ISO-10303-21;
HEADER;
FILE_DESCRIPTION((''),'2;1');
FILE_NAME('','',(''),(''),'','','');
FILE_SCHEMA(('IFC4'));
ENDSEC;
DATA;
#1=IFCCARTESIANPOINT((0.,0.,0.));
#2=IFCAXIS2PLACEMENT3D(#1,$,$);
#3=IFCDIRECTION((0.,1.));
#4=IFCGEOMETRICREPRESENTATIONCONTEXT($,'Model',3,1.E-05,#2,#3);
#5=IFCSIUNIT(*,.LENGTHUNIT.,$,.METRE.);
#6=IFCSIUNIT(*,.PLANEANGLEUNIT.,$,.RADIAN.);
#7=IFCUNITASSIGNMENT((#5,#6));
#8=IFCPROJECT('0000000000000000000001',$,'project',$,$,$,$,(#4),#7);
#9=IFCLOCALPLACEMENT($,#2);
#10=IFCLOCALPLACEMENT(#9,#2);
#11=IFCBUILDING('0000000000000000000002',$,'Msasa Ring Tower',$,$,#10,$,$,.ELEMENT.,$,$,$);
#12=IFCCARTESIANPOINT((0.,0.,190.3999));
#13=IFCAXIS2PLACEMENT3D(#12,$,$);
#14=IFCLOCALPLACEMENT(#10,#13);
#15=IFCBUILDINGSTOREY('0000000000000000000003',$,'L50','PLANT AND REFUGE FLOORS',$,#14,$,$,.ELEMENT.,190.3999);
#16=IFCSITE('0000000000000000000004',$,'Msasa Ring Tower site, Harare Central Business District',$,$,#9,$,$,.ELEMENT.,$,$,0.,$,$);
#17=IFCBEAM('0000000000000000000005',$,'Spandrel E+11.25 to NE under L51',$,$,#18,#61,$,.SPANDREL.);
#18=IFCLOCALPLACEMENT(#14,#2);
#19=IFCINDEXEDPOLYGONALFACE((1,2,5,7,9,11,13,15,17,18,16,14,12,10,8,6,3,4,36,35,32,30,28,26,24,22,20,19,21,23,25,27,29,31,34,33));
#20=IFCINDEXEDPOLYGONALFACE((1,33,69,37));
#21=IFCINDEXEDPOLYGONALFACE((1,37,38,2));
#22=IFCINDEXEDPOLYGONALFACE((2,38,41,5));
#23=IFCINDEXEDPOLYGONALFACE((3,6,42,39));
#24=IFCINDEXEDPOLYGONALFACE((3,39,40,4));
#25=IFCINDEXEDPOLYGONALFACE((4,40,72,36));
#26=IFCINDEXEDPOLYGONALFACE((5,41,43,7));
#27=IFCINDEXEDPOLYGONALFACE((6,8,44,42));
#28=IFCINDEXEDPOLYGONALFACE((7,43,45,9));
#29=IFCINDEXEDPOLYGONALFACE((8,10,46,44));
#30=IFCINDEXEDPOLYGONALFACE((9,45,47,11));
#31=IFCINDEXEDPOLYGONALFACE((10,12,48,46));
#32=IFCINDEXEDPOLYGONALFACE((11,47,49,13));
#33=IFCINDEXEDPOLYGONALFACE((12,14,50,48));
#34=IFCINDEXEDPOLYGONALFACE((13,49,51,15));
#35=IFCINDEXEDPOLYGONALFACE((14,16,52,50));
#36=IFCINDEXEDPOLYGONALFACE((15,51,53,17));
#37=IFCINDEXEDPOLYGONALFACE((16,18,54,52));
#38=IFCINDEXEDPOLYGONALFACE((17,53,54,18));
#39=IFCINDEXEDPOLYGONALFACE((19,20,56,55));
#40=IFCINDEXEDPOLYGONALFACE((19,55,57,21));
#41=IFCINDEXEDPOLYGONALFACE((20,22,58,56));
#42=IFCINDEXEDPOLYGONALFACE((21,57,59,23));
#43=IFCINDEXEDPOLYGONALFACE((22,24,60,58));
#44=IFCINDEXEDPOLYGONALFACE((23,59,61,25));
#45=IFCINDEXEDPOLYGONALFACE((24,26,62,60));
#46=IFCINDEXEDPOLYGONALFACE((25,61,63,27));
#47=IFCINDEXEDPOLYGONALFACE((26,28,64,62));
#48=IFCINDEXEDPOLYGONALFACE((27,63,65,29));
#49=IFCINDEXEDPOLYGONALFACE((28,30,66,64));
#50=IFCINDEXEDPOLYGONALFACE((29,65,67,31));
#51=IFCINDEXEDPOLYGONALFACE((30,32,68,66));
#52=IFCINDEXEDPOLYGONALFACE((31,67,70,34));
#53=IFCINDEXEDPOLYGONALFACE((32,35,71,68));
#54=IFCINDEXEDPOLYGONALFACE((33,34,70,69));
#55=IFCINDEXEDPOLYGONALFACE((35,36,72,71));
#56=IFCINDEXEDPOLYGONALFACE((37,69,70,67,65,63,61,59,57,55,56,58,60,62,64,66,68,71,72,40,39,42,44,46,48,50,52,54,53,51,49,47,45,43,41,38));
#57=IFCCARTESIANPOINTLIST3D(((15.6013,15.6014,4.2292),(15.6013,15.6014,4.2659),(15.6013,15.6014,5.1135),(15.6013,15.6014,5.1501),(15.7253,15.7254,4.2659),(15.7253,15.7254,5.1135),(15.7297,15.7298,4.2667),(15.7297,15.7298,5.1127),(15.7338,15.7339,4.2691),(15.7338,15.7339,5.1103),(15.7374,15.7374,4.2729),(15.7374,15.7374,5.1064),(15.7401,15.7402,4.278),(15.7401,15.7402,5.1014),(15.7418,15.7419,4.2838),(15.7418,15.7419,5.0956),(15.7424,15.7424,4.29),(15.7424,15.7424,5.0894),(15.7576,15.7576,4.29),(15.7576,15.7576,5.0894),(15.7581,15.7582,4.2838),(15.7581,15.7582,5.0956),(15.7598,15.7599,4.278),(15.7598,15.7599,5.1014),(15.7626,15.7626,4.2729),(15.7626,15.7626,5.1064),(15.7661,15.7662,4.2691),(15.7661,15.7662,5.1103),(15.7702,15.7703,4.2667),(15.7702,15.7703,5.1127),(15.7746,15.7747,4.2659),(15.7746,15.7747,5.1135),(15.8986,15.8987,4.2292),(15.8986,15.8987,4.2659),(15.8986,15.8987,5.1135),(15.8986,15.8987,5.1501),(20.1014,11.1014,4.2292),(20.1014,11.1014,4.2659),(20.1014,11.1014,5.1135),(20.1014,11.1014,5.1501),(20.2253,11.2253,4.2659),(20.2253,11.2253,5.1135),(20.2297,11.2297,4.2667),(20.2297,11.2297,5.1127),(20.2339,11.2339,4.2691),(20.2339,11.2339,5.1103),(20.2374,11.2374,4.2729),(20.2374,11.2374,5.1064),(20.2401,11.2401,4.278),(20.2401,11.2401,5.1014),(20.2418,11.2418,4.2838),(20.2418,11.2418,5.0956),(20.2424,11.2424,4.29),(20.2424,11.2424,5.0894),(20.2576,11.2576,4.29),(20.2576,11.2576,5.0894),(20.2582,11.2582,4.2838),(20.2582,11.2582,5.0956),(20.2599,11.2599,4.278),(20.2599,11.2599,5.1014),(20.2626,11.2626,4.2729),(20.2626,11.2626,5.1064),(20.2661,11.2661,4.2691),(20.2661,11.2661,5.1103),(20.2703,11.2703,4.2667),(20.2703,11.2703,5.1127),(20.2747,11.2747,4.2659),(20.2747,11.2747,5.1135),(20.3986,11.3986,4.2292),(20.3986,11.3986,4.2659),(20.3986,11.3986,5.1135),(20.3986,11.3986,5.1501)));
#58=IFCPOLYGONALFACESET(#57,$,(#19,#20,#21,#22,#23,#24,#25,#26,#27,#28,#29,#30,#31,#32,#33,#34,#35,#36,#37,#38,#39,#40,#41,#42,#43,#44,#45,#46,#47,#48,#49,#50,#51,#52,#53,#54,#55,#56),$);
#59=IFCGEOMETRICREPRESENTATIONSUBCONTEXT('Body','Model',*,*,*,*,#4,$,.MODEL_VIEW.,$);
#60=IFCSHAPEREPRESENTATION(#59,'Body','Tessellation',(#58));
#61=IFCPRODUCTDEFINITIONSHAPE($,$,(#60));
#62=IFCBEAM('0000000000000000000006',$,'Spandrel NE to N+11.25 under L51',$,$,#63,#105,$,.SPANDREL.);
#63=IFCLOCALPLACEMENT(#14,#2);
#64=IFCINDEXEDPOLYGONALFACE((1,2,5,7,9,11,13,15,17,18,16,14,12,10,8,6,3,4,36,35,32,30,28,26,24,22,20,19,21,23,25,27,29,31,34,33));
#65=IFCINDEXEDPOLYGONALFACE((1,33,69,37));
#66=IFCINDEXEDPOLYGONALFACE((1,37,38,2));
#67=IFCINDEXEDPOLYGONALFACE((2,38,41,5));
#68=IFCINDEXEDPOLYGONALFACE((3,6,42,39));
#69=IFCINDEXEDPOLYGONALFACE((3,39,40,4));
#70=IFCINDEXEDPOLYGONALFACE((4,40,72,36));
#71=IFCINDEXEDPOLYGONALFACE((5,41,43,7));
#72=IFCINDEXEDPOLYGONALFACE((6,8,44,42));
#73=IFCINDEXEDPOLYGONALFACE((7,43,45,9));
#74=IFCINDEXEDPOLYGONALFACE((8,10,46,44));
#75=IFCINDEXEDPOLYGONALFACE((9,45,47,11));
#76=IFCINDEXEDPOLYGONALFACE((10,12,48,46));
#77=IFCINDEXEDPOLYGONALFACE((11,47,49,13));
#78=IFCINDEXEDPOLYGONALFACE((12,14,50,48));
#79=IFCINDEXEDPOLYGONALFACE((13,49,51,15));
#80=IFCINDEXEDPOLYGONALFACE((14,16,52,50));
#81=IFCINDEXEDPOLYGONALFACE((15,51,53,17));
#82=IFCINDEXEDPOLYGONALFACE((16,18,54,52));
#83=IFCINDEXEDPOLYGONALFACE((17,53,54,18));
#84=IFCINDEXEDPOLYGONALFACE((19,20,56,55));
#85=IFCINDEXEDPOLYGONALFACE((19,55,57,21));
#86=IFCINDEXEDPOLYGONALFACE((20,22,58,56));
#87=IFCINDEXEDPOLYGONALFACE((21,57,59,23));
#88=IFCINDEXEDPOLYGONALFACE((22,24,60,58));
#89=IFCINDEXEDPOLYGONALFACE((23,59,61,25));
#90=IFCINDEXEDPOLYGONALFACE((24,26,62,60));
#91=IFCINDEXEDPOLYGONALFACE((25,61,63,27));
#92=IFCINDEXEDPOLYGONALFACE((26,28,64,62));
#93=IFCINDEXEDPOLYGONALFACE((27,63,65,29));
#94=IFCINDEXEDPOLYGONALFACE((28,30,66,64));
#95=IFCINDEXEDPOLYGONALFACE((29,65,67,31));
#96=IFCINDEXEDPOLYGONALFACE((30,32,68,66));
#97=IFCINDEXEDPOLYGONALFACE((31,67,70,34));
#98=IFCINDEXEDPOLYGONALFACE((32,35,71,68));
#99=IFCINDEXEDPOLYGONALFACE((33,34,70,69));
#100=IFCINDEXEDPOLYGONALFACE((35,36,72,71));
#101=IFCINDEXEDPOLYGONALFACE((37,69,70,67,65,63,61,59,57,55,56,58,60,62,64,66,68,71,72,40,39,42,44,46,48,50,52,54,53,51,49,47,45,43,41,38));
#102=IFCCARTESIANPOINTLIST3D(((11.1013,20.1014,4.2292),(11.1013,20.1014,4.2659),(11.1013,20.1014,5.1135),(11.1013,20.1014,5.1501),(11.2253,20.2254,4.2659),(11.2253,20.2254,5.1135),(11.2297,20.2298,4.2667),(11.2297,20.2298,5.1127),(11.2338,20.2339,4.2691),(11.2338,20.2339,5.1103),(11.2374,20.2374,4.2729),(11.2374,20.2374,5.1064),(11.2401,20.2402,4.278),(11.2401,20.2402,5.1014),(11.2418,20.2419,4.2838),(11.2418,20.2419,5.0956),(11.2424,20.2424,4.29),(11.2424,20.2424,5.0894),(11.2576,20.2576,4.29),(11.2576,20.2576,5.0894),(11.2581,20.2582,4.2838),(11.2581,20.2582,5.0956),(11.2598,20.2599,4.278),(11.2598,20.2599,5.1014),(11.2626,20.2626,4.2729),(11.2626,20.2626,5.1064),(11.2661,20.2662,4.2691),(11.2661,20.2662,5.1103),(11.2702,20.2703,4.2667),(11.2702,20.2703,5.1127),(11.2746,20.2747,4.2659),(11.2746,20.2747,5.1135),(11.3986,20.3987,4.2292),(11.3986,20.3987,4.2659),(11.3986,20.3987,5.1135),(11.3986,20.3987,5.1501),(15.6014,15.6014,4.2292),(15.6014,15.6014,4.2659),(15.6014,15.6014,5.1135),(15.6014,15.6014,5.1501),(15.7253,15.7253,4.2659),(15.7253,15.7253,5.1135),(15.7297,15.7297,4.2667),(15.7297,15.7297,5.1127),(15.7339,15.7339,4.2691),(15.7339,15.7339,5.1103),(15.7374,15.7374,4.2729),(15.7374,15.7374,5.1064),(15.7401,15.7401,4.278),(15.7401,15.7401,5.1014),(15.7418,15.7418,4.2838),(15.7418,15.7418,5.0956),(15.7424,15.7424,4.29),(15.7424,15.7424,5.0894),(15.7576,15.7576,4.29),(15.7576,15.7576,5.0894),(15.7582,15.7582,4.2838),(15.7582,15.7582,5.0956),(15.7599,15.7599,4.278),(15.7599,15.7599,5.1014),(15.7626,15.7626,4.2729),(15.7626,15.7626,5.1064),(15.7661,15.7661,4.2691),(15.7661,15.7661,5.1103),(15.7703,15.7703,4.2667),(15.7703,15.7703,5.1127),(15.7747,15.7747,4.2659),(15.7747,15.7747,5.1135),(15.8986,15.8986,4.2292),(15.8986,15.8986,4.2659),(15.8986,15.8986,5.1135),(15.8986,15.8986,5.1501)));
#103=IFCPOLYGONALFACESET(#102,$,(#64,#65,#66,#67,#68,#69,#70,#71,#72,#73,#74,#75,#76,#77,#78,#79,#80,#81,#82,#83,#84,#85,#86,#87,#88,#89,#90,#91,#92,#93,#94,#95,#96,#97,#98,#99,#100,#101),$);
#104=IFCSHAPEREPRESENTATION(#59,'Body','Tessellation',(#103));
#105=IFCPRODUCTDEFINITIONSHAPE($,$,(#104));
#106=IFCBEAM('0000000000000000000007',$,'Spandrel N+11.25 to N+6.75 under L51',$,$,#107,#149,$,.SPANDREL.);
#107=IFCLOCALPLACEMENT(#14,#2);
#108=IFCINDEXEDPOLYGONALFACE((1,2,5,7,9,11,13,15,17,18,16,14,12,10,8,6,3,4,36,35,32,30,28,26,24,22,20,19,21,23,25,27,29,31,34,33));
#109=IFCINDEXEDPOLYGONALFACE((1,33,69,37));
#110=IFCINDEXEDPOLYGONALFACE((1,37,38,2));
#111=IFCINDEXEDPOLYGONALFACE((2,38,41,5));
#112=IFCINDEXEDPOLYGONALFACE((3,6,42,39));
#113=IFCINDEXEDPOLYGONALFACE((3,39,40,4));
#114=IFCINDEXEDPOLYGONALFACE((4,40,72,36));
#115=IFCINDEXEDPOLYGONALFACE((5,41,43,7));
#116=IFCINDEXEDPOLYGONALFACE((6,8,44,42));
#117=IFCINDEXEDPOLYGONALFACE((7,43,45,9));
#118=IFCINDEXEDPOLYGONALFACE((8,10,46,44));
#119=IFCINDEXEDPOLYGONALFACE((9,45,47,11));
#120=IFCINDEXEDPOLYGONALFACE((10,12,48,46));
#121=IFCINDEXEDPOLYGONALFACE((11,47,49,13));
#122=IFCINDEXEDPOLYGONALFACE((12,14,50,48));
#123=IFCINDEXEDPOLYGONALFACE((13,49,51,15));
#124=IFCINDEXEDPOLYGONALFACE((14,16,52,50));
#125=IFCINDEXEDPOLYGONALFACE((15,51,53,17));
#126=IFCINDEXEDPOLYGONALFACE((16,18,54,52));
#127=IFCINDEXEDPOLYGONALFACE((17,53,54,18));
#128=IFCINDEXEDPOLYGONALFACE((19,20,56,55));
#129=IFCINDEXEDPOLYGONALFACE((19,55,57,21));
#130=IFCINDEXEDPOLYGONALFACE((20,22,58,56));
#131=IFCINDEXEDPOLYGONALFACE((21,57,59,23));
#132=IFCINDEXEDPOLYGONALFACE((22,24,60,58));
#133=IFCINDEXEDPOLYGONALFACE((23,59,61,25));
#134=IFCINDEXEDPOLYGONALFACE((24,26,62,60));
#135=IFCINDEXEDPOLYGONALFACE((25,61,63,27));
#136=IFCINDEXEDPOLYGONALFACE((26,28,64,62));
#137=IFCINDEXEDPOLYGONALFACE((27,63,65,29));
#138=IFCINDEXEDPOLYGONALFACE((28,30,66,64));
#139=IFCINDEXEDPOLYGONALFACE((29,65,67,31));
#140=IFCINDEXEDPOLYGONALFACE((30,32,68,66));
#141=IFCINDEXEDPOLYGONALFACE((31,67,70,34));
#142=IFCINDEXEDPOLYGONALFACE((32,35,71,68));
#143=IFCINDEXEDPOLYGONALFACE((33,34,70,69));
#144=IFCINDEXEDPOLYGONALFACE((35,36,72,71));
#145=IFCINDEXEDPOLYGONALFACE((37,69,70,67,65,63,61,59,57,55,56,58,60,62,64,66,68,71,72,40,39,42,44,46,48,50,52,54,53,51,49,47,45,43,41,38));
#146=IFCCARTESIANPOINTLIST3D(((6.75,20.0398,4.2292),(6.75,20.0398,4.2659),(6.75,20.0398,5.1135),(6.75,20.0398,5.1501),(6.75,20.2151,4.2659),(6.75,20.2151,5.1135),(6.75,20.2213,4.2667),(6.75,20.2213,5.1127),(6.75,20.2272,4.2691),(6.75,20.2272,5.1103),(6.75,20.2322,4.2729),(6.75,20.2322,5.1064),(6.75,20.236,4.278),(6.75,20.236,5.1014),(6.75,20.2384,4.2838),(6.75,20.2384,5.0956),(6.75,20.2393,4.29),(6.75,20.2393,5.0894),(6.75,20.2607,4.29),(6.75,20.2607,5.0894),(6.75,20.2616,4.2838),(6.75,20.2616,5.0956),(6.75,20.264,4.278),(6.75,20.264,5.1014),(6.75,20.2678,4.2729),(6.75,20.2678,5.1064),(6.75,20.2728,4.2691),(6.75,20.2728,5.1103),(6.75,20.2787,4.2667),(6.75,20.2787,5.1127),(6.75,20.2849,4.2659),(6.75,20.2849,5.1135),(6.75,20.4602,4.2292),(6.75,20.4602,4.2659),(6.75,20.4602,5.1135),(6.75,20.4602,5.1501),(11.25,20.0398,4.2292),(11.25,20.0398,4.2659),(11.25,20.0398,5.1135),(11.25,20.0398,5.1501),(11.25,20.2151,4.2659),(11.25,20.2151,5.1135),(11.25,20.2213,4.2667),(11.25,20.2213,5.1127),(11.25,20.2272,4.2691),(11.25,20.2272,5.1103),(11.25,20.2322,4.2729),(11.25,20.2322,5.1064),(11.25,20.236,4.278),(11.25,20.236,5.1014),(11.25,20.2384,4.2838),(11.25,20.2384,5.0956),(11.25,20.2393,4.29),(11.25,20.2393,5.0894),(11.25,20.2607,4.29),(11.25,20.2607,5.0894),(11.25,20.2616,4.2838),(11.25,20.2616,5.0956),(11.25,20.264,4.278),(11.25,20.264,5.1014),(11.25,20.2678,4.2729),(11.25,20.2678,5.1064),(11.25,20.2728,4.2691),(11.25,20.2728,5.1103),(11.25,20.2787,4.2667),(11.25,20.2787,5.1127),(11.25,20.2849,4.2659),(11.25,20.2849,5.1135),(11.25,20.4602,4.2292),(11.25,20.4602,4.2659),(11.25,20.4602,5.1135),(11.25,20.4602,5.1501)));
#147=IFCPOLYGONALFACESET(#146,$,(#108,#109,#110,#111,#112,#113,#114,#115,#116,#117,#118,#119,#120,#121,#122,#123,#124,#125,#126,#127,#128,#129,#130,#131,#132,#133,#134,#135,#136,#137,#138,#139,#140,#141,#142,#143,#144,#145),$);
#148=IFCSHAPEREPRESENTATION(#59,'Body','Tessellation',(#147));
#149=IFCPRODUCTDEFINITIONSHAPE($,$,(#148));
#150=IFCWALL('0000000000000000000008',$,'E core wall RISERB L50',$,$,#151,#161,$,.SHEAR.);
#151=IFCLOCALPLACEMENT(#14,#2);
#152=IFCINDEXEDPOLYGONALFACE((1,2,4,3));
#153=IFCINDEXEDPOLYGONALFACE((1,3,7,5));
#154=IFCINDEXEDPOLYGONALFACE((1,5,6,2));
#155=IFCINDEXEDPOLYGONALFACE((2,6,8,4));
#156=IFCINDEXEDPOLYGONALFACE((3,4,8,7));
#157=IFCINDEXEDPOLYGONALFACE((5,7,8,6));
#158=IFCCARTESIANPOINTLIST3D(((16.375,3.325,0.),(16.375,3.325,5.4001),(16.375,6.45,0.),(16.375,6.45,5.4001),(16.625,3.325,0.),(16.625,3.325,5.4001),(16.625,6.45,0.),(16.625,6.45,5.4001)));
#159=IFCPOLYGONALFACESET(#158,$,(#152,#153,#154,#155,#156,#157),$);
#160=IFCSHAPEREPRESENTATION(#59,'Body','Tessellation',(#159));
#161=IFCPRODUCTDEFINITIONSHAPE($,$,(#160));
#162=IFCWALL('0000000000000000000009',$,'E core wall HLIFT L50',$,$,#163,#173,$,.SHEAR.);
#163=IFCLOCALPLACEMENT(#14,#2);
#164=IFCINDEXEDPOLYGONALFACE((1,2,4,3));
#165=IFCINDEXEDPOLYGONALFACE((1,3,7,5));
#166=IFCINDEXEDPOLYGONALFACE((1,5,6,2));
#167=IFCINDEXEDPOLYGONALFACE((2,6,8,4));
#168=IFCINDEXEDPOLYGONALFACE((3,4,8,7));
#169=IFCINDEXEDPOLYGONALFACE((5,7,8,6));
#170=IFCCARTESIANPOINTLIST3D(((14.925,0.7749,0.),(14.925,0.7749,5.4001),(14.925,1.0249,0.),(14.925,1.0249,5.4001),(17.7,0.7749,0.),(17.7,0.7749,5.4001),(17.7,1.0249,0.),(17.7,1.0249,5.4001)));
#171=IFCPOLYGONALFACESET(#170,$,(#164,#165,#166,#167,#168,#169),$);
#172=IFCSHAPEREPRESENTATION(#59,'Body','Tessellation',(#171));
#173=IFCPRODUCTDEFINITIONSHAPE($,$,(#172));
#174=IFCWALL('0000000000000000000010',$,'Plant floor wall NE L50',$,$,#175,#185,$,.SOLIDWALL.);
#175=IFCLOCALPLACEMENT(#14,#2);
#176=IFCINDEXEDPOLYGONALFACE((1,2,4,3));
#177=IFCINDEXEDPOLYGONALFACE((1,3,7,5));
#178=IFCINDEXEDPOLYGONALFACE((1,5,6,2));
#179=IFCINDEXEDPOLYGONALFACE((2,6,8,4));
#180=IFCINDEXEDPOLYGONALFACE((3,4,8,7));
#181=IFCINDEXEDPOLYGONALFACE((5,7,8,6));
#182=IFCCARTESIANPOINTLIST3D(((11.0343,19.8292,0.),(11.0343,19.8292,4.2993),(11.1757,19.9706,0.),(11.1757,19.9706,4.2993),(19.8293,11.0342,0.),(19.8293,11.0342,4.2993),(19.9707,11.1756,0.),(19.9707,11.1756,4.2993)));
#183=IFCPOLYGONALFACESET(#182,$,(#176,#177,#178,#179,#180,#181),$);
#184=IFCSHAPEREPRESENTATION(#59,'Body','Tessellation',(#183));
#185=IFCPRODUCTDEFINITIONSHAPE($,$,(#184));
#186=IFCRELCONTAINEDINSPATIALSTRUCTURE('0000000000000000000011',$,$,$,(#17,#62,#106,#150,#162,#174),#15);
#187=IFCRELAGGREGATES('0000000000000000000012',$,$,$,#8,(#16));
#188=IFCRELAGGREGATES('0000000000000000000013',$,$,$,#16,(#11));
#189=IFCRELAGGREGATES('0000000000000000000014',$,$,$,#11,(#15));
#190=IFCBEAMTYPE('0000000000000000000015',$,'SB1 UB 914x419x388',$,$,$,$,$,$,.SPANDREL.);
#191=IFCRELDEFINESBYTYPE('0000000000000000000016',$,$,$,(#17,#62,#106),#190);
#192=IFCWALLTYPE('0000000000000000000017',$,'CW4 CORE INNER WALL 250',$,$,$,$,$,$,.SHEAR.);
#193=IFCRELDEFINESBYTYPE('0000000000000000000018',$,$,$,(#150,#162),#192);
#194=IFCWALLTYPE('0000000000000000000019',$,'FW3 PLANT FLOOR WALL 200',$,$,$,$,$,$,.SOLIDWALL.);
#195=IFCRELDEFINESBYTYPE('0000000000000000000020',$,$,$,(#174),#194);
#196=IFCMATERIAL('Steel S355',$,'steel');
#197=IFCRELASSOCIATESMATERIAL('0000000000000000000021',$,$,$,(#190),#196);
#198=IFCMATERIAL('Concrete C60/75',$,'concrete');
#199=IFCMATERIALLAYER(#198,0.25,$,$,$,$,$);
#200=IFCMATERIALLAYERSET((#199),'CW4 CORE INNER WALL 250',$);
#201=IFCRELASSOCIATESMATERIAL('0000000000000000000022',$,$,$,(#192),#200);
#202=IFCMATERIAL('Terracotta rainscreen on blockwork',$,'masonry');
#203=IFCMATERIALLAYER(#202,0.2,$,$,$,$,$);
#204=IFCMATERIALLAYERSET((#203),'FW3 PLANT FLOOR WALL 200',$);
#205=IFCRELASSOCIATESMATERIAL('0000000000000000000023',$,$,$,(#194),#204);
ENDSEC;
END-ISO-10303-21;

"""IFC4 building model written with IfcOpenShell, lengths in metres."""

from ifc_helpers import new_model, si_unit, direction, frame, frame_2d, origin, origin_2d, place, context, subcontext, project, spatial, rectangle, i_section, extrude, material, layer, layer_set, material_profile, profile_set, type_object, element, save


model = new_model("IFC4")

# Units and contexts
model_context = context("Model", 3, precision=1e-05, world=origin(), true_north=direction((0.0, 1.0)))
body_context = subcontext(model_context, "Body", "Model", "MODEL_VIEW")
ifc_project = project(units=[si_unit("LENGTHUNIT", "METRE"), si_unit("PLANEANGLEUNIT", "RADIAN")], contexts=[model_context])

# Site, building, storey
site_placement = place(None, origin())
site = spatial("IfcSite", under=ifc_project, at=site_placement, Name="Msasa Ring Tower site, Harare Central Business District", CompositionType="ELEMENT", RefElevation=0.0)
building_placement = place(site_placement, origin())
building = spatial("IfcBuilding", under=site, at=building_placement, Name="Msasa Ring Tower", CompositionType="ELEMENT")
storey_placement = place(building_placement, frame((0.0, 0.0, 190.3999)))
storey = spatial("IfcBuildingStorey", under=building, at=storey_placement, Name="L50", Description="PLANT AND REFUGE FLOORS", CompositionType="ELEMENT", Elevation=190.3999)

# Beams
ifc_material_1 = material(Name="Steel S355", Category="steel")
ifc_material_profile_1 = material_profile(ifc_material_1, i_section(OverallWidth=0.4204, OverallDepth=0.9209, WebThickness=0.0215, FlangeThickness=0.0366, FilletRadius=0.0242, at=origin_2d()), Name="UB 914x419x388")
ifc_profile_set_1 = profile_set([ifc_material_profile_1], Name="Steel S355")
beam_type_1 = type_object("IfcBeamType", Name="SB1 UB 914x419x388", PredefinedType="SPANDREL", material=ifc_profile_set_1)
for number, where, z_axis, x_axis, name in (
    (1, (20.25, 11.25, 4.6897), (-0.707107, 0.707107, 0.0), (-0.707107, -0.707107, 0.0), "Spandrel E+11.25 to NE under L51"),
    (2, (15.75, 15.75, 4.6897), (-0.707107, 0.707107, 0.0), (-0.707107, -0.707107, 0.0), "Spandrel NE to N+11.25 under L51"),
):
    element("IfcBeam", number, at=place(storey_placement, frame(where, z_axis=z_axis, x_axis=x_axis)), inside=storey, type_object=beam_type_1, Name=name, PredefinedType="SPANDREL", context=body_context, shape_type="SweptSolid", body=[
        extrude(i_section(OverallWidth=0.4204, OverallDepth=0.9209, WebThickness=0.0215, FlangeThickness=0.0366, FilletRadius=0.0242, at=origin_2d()), origin(), (0.0, 0.0, 1.0), 6.364),
    ])
beam_1_placement = place(storey_placement, frame((11.25, 20.25, 4.6897), z_axis=(-1.0, 0.0, 0.0), x_axis=(0.0, -1.0, 0.0)))
element("IfcBeam", 3, at=beam_1_placement, inside=storey, type_object=beam_type_1, Name="Spandrel N+11.25 to N+6.75 under L51", PredefinedType="SPANDREL", context=body_context, shape_type="SweptSolid", body=[
    extrude(i_section(OverallWidth=0.4204, OverallDepth=0.9209, WebThickness=0.0215, FlangeThickness=0.0366, FilletRadius=0.0242, at=origin_2d()), origin(), (0.0, 0.0, 1.0), 4.5),
])

# Walls
ifc_material_2 = material(Name="Concrete C60/75", Category="concrete")
ifc_layer_1 = layer(ifc_material_2, 0.25)
ifc_layer_set_1 = layer_set([ifc_layer_1], Name="CW4 CORE INNER WALL 250")
wall_type_1 = type_object("IfcWallType", Name="CW4 CORE INNER WALL 250", PredefinedType="SHEAR", material=ifc_layer_set_1)
wall_1_placement = place(storey_placement, frame((16.5, 3.325, 0.0), z_axis=(0.0, 0.0, 1.0), x_axis=(0.0, 1.0, 0.0)))
element("IfcWall", 4, at=wall_1_placement, inside=storey, type_object=wall_type_1, Name="E core wall RISERB L50", PredefinedType="SHEAR", context=body_context, shape_type="SweptSolid", body=[
    extrude(rectangle(XDim=3.125, YDim=0.25, at=frame_2d((1.5625, 0.0))), origin(), (0.0, 0.0, 1.0), 5.4001),
])
wall_2_placement = place(storey_placement, frame((14.925, 0.8999, 0.0), z_axis=(0.0, 0.0, 1.0), x_axis=(1.0, 0.0, 0.0)))
element("IfcWall", 5, at=wall_2_placement, inside=storey, type_object=wall_type_1, Name="E core wall HLIFT L50", PredefinedType="SHEAR", context=body_context, shape_type="SweptSolid", body=[
    extrude(rectangle(XDim=2.7749, YDim=0.25, at=frame_2d((1.3875, 0.0))), origin(), (0.0, 0.0, 1.0), 5.4001),
])
ifc_material_3 = material(Name="Terracotta rainscreen on blockwork", Category="masonry")
ifc_layer_2 = layer(ifc_material_3, 0.2)
ifc_layer_set_2 = layer_set([ifc_layer_2], Name="FW3 PLANT FLOOR WALL 200")
wall_type_2 = type_object("IfcWallType", Name="FW3 PLANT FLOOR WALL 200", PredefinedType="SOLIDWALL", material=ifc_layer_set_2)
wall_3_placement = place(storey_placement, frame((11.105, 19.8999, 0.0), z_axis=(0.0, 0.0, 1.0), x_axis=(0.707107, -0.707107, 0.0)))
element("IfcWall", 6, at=wall_3_placement, inside=storey, type_object=wall_type_2, Name="Plant floor wall NE L50", PredefinedType="SOLIDWALL", context=body_context, shape_type="SweptSolid", body=[
    extrude(rectangle(XDim=12.438, YDim=0.2, at=frame_2d((6.219, 0.0))), origin(), (0.0, 0.0, 1.0), 4.2993),
])

save(model, "model.ifc")
